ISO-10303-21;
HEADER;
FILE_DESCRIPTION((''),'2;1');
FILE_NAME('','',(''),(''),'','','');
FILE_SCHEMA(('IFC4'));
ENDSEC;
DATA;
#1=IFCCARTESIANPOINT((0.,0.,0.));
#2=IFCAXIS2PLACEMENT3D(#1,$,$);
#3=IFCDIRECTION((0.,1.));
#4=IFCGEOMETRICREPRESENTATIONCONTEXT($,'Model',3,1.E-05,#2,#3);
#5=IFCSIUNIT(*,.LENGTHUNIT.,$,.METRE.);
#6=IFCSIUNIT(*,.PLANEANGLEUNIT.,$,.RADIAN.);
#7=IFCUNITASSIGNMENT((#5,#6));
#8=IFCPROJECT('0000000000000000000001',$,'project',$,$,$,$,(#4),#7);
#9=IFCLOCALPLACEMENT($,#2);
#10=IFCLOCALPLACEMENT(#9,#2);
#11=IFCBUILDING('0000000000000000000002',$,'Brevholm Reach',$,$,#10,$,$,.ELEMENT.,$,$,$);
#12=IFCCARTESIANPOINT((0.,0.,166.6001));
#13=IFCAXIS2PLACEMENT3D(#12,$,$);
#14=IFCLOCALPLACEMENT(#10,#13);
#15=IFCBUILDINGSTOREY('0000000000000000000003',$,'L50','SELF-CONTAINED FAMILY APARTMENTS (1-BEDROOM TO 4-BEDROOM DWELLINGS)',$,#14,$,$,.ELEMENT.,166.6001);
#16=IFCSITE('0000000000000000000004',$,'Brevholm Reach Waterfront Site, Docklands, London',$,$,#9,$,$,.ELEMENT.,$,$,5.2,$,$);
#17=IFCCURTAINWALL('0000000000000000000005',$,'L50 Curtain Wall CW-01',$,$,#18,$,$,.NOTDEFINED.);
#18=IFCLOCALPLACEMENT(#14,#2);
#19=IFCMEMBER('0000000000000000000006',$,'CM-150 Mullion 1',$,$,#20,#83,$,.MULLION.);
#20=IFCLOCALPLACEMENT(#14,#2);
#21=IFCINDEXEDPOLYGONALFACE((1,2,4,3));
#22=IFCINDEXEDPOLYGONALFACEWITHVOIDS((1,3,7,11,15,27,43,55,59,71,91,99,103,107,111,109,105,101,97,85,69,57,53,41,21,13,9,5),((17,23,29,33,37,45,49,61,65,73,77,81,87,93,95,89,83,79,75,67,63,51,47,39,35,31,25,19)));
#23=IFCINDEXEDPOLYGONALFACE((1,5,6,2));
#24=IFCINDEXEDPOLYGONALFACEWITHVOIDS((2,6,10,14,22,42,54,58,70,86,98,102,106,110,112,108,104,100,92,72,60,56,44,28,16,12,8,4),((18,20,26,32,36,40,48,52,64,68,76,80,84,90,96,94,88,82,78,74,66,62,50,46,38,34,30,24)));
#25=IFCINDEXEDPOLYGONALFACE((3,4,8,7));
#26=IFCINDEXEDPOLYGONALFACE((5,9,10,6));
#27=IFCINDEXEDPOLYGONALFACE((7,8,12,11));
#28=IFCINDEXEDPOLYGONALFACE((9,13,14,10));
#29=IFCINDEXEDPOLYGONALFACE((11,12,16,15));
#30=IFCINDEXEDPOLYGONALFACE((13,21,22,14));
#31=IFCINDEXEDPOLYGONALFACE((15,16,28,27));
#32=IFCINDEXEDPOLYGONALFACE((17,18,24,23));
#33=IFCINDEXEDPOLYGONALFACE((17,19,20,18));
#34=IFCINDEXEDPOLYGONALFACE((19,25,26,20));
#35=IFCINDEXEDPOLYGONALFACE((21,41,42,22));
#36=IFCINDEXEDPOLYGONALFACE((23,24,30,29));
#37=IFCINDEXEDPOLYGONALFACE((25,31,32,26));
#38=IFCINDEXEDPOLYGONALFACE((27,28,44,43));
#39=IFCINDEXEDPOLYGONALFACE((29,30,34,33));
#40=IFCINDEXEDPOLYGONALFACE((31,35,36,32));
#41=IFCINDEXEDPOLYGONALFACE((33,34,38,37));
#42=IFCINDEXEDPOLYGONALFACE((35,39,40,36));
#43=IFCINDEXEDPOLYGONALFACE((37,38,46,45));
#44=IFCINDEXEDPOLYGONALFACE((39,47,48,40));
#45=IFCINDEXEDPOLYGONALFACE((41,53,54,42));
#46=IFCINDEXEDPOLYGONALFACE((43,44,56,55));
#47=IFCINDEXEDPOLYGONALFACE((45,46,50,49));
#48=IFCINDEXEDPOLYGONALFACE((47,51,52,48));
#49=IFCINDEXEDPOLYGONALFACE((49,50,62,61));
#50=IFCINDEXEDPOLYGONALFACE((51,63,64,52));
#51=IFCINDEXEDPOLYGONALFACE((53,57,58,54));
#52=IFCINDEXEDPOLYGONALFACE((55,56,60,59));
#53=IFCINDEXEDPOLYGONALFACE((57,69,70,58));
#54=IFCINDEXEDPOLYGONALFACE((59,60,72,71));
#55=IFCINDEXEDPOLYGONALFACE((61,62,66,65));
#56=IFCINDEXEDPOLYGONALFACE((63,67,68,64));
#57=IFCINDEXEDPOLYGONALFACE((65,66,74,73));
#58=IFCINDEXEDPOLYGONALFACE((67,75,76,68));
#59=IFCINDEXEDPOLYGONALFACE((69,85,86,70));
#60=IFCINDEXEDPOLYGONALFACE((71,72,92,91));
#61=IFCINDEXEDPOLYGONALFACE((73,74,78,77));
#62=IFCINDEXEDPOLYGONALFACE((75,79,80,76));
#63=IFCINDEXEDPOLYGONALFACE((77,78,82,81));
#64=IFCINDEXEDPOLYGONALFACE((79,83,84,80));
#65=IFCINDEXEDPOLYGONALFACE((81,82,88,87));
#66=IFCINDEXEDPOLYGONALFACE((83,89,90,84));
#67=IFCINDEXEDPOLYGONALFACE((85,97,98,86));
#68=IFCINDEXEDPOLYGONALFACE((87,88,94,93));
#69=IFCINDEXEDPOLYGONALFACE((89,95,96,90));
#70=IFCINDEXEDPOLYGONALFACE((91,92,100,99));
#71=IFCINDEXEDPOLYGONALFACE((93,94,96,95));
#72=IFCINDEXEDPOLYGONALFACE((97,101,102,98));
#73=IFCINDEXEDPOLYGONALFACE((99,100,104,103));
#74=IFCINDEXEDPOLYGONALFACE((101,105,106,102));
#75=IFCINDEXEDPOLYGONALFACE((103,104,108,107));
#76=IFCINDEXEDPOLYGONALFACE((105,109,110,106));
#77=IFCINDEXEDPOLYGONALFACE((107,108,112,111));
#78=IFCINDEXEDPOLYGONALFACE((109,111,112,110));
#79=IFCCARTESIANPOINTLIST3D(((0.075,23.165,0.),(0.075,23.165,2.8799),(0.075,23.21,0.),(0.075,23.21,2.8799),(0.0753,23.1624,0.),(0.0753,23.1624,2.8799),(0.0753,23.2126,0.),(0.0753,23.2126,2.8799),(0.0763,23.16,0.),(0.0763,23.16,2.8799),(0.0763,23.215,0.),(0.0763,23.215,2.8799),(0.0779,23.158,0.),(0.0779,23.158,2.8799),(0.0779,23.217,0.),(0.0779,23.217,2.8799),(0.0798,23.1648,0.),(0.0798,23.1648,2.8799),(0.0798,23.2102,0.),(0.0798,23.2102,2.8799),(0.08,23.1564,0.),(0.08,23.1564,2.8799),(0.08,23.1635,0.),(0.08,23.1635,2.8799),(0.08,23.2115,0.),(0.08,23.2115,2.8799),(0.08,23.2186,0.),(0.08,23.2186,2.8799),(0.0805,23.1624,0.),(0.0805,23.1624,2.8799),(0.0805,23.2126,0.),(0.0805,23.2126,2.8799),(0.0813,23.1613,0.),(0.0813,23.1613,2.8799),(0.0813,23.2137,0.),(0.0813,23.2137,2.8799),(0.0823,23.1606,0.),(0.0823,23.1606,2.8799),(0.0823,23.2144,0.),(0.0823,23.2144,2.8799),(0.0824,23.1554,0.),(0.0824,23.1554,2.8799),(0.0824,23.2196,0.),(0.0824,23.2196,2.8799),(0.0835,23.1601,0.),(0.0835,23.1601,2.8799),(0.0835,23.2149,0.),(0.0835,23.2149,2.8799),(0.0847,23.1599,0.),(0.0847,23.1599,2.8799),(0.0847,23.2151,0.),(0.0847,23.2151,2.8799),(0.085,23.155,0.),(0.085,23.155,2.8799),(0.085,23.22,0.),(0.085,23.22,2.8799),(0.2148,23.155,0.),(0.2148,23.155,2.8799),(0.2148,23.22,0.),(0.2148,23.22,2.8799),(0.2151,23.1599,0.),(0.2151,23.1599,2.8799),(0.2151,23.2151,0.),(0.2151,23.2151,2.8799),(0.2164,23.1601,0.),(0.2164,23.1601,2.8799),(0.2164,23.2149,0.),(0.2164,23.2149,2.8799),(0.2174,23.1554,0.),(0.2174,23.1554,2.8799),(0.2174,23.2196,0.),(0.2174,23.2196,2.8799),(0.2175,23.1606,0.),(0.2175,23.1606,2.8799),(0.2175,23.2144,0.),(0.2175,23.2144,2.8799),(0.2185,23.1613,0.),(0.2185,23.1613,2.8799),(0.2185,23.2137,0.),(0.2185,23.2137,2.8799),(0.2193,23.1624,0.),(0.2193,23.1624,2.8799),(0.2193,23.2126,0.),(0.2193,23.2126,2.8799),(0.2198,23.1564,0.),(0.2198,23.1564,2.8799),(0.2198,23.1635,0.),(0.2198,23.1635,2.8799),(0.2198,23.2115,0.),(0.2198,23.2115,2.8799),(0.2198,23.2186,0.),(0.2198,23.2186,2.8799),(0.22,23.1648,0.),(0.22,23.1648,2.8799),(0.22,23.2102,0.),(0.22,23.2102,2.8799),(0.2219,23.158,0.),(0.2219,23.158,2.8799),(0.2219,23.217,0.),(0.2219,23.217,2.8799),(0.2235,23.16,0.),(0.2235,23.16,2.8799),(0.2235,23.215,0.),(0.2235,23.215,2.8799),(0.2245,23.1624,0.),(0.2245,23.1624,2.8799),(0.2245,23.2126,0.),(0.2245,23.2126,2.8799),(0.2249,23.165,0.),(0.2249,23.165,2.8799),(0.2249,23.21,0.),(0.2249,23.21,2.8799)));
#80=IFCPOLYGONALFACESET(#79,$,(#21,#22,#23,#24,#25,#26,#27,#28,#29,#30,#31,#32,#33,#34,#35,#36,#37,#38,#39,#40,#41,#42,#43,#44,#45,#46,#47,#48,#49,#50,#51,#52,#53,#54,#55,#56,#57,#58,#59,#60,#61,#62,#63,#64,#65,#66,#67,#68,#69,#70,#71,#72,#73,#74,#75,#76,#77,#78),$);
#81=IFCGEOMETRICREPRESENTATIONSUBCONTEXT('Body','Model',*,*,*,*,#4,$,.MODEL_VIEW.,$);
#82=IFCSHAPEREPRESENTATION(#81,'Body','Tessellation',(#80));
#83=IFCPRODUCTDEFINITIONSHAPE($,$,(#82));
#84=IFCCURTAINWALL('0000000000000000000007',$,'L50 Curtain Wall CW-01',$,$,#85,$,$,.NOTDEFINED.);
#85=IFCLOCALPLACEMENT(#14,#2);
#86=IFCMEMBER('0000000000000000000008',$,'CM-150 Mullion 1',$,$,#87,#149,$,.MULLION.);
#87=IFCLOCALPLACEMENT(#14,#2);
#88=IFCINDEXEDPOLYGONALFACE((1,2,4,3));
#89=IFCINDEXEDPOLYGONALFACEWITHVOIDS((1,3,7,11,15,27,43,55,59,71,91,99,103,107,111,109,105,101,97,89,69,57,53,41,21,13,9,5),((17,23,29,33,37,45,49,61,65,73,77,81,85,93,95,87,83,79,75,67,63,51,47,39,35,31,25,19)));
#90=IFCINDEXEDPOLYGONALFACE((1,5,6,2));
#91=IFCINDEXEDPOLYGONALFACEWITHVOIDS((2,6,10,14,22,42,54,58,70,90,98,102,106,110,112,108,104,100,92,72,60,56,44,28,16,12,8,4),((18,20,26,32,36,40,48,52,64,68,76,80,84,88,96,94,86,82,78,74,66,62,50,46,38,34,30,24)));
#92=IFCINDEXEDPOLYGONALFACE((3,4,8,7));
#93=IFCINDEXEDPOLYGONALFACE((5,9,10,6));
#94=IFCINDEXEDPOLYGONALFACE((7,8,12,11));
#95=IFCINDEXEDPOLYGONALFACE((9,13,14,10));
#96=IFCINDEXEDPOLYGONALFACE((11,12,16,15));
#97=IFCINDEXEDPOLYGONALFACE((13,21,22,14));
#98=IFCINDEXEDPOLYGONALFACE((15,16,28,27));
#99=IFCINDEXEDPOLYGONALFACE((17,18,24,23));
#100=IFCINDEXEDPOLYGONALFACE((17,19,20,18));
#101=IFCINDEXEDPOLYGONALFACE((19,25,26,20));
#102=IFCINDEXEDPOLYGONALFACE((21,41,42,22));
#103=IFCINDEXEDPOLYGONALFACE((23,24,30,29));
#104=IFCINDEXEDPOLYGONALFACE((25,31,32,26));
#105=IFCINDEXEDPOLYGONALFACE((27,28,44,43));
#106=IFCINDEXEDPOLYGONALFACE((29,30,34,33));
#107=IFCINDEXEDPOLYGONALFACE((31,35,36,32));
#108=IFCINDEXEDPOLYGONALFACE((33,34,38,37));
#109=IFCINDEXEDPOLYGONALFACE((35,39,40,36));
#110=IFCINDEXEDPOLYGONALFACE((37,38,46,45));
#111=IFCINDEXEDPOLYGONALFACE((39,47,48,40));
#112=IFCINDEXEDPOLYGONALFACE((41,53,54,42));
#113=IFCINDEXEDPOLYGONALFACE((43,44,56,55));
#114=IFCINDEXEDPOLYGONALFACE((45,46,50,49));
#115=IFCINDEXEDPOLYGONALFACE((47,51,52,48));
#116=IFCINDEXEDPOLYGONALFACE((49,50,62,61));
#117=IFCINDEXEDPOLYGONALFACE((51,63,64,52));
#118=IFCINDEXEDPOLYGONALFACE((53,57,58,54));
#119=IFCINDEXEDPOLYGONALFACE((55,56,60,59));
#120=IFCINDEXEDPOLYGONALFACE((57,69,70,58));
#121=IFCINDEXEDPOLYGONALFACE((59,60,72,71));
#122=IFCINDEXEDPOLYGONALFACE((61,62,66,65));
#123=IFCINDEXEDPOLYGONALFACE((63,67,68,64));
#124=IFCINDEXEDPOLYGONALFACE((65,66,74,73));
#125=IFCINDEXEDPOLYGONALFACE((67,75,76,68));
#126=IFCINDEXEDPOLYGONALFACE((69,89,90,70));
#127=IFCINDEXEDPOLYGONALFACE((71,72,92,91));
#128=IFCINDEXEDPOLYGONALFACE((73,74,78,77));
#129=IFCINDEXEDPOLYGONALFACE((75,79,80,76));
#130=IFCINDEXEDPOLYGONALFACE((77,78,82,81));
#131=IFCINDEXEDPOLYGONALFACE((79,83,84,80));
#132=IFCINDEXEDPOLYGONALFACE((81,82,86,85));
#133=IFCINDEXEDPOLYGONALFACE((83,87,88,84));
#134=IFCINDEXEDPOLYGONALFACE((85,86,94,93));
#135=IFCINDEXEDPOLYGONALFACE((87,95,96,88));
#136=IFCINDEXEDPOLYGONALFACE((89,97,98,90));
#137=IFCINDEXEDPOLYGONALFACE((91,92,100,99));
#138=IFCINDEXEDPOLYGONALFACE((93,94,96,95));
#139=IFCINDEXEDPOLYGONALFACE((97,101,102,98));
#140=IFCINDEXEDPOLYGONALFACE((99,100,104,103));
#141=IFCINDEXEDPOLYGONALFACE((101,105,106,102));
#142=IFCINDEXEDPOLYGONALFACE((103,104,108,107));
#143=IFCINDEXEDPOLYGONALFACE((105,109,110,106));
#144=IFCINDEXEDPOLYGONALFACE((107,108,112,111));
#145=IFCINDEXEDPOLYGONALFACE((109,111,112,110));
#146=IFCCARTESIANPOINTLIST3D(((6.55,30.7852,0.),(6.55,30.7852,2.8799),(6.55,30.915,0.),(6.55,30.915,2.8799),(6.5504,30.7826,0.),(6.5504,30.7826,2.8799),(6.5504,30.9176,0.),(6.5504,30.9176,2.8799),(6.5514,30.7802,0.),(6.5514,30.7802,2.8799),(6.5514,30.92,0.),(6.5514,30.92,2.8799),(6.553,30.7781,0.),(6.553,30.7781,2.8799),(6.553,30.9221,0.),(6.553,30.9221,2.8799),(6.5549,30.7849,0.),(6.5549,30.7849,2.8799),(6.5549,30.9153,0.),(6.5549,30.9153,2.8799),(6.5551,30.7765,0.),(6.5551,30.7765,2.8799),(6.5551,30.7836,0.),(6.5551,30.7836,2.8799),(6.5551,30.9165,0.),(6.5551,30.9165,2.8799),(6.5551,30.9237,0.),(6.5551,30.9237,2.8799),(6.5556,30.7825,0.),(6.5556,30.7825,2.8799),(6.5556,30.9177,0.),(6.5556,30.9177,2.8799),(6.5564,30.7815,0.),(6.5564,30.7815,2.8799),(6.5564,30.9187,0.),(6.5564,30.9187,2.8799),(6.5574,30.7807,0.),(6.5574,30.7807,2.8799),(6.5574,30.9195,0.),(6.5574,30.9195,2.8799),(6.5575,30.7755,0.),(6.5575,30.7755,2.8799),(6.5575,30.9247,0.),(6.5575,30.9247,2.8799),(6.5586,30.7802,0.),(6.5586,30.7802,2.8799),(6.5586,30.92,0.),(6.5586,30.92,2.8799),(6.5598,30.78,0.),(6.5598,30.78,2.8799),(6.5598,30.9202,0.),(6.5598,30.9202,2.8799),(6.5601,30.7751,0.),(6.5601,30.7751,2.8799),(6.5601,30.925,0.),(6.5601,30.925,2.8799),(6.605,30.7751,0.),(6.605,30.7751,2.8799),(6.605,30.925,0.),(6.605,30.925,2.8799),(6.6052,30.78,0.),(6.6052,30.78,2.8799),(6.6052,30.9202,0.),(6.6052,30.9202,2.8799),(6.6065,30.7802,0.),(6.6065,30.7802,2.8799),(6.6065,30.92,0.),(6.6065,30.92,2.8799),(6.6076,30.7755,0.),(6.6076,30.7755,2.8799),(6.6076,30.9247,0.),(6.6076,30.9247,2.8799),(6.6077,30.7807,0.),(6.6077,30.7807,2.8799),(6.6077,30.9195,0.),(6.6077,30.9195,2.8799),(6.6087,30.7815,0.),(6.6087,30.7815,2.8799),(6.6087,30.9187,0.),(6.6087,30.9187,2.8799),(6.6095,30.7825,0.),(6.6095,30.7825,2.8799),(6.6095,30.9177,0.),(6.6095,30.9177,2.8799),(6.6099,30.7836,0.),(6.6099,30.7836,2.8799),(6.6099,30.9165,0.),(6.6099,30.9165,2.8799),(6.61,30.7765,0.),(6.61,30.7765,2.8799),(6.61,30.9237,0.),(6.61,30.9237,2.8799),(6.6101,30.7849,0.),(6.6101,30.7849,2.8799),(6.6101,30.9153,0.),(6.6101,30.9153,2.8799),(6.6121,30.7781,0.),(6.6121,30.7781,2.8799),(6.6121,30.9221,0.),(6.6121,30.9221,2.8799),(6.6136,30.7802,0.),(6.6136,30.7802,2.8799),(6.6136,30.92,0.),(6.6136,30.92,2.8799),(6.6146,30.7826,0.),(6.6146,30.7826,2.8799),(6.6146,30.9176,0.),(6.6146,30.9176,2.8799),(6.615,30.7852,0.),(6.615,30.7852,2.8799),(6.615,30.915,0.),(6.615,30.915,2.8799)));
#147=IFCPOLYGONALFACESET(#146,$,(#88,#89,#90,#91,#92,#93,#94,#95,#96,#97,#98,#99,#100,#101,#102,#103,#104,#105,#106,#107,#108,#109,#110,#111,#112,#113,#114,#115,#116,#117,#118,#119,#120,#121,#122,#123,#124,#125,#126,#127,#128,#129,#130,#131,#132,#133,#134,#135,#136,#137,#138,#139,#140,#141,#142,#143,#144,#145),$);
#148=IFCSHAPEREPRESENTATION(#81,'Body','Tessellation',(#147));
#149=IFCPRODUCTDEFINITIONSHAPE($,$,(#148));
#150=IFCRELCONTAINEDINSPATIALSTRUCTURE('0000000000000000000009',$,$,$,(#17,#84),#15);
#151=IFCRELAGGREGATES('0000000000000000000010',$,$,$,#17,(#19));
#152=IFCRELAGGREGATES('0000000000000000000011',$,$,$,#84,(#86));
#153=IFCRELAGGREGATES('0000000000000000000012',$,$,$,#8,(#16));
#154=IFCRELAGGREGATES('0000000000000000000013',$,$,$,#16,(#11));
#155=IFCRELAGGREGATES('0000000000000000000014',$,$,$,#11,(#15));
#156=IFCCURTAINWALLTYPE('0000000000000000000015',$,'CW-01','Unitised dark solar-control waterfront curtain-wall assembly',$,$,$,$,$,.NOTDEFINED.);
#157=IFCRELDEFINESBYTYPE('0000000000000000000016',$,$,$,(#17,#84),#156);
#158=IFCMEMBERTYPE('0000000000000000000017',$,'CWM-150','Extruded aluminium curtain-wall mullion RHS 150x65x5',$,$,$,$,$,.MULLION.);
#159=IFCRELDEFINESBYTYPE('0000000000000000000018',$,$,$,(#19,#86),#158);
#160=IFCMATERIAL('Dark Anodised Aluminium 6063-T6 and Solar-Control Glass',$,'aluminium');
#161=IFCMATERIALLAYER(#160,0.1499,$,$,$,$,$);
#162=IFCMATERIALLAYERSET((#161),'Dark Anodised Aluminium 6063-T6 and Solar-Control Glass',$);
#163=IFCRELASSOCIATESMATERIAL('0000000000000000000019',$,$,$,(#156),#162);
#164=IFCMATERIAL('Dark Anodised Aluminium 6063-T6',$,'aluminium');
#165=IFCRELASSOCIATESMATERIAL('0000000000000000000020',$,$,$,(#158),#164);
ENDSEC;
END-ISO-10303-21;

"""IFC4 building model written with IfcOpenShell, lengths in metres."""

from ifc_helpers import new_model, si_unit, direction, frame, origin, origin_2d, place, context, subcontext, project, spatial, hollow_rectangle, extrude, material, layer, layer_set, material_profile, profile_set, type_object, element, aggregate, save


model = new_model("IFC4")

# Units and contexts
model_context = context("Model", 3, precision=1e-05, world=origin(), true_north=direction((0.0, 1.0)))
body_context = subcontext(model_context, "Body", "Model", "MODEL_VIEW")
ifc_project = project(units=[si_unit("LENGTHUNIT", "METRE"), si_unit("PLANEANGLEUNIT", "RADIAN")], contexts=[model_context])

# Site, building, storey
site_placement = place(None, origin())
site = spatial("IfcSite", under=ifc_project, at=site_placement, Name="Brevholm Reach Waterfront Site, Docklands, London", CompositionType="ELEMENT", RefElevation=5.2)
building_placement = place(site_placement, origin())
building = spatial("IfcBuilding", under=site, at=building_placement, Name="Brevholm Reach", CompositionType="ELEMENT")
storey_placement = place(building_placement, frame((0.0, 0.0, 166.6001)))
storey = spatial("IfcBuildingStorey", under=building, at=storey_placement, Name="L50", Description="SELF-CONTAINED FAMILY APARTMENTS (1-BEDROOM TO 4-BEDROOM DWELLINGS)", CompositionType="ELEMENT", Elevation=166.6001)

# Curtain wall, member
ifc_material_1 = material(Name="Dark Anodised Aluminium 6063-T6 and Solar-Control Glass", Category="aluminium")
ifc_layer_1 = layer(ifc_material_1, 0.1499)
ifc_layer_set_1 = layer_set([ifc_layer_1], Name="Dark Anodised Aluminium 6063-T6 and Solar-Control Glass")
curtain_wall_type = type_object("IfcCurtainWallType", Name="CW-01", Description="Unitised dark solar-control waterfront curtain-wall assembly", PredefinedType="NOTDEFINED", material=ifc_layer_set_1)
curtain_wall_1_placement = place(storey_placement, origin())
curtain_wall_1 = element("IfcCurtainWall", 1, at=curtain_wall_1_placement, inside=storey, type_object=curtain_wall_type, Name="L50 Curtain Wall CW-01", PredefinedType="NOTDEFINED")
ifc_material_2 = material(Name="Dark Anodised Aluminium 6063-T6", Category="aluminium")
ifc_material_profile_1 = material_profile(ifc_material_2, hollow_rectangle(XDim=0.0649, YDim=0.1499, WallThickness=0.0049, InnerFilletRadius=0.0049, OuterFilletRadius=0.01, at=origin_2d()), Name="RHS 150x65x5")
ifc_profile_set_1 = profile_set([ifc_material_profile_1], Name="Dark Anodised Aluminium 6063-T6")
member_type_1 = type_object("IfcMemberType", Name="CWM-150", Description="Extruded aluminium curtain-wall mullion RHS 150x65x5", PredefinedType="MULLION", material=ifc_profile_set_1)
member_1_placement = place(storey_placement, frame((0.1499, 23.1875, 0.0), z_axis=(0.0, 0.0, 1.0), x_axis=(0.0, -1.0, 0.0)))
member_1 = element("IfcMember", 2, at=member_1_placement, type_object=member_type_1, Name="CM-150 Mullion 1", PredefinedType="MULLION", context=body_context, shape_type="SweptSolid", body=[
    extrude(hollow_rectangle(XDim=0.0649, YDim=0.1499, WallThickness=0.0049, InnerFilletRadius=0.0049, OuterFilletRadius=0.01, at=origin_2d()), origin(), (0.0, 0.0, 1.0), 2.8799),
])

# Curtain wall, member
curtain_wall_2_placement = place(storey_placement, origin())
curtain_wall_2 = element("IfcCurtainWall", 3, at=curtain_wall_2_placement, inside=storey, type_object=curtain_wall_type, Name="L50 Curtain Wall CW-01", PredefinedType="NOTDEFINED")
member_2_placement = place(storey_placement, frame((6.5825, 30.8501, 0.0), z_axis=(0.0, 0.0, 1.0), x_axis=(1.0, 0.0, 0.0)))
member_2 = element("IfcMember", 4, at=member_2_placement, type_object=member_type_1, Name="CM-150 Mullion 1", PredefinedType="MULLION", context=body_context, shape_type="SweptSolid", body=[
    extrude(hollow_rectangle(XDim=0.0649, YDim=0.1499, WallThickness=0.0049, InnerFilletRadius=0.0049, OuterFilletRadius=0.01, at=origin_2d()), origin(), (0.0, 0.0, 1.0), 2.8799),
])

aggregate(curtain_wall_1, [member_1])
aggregate(curtain_wall_2, [member_2])

save(model, "model.ifc")
